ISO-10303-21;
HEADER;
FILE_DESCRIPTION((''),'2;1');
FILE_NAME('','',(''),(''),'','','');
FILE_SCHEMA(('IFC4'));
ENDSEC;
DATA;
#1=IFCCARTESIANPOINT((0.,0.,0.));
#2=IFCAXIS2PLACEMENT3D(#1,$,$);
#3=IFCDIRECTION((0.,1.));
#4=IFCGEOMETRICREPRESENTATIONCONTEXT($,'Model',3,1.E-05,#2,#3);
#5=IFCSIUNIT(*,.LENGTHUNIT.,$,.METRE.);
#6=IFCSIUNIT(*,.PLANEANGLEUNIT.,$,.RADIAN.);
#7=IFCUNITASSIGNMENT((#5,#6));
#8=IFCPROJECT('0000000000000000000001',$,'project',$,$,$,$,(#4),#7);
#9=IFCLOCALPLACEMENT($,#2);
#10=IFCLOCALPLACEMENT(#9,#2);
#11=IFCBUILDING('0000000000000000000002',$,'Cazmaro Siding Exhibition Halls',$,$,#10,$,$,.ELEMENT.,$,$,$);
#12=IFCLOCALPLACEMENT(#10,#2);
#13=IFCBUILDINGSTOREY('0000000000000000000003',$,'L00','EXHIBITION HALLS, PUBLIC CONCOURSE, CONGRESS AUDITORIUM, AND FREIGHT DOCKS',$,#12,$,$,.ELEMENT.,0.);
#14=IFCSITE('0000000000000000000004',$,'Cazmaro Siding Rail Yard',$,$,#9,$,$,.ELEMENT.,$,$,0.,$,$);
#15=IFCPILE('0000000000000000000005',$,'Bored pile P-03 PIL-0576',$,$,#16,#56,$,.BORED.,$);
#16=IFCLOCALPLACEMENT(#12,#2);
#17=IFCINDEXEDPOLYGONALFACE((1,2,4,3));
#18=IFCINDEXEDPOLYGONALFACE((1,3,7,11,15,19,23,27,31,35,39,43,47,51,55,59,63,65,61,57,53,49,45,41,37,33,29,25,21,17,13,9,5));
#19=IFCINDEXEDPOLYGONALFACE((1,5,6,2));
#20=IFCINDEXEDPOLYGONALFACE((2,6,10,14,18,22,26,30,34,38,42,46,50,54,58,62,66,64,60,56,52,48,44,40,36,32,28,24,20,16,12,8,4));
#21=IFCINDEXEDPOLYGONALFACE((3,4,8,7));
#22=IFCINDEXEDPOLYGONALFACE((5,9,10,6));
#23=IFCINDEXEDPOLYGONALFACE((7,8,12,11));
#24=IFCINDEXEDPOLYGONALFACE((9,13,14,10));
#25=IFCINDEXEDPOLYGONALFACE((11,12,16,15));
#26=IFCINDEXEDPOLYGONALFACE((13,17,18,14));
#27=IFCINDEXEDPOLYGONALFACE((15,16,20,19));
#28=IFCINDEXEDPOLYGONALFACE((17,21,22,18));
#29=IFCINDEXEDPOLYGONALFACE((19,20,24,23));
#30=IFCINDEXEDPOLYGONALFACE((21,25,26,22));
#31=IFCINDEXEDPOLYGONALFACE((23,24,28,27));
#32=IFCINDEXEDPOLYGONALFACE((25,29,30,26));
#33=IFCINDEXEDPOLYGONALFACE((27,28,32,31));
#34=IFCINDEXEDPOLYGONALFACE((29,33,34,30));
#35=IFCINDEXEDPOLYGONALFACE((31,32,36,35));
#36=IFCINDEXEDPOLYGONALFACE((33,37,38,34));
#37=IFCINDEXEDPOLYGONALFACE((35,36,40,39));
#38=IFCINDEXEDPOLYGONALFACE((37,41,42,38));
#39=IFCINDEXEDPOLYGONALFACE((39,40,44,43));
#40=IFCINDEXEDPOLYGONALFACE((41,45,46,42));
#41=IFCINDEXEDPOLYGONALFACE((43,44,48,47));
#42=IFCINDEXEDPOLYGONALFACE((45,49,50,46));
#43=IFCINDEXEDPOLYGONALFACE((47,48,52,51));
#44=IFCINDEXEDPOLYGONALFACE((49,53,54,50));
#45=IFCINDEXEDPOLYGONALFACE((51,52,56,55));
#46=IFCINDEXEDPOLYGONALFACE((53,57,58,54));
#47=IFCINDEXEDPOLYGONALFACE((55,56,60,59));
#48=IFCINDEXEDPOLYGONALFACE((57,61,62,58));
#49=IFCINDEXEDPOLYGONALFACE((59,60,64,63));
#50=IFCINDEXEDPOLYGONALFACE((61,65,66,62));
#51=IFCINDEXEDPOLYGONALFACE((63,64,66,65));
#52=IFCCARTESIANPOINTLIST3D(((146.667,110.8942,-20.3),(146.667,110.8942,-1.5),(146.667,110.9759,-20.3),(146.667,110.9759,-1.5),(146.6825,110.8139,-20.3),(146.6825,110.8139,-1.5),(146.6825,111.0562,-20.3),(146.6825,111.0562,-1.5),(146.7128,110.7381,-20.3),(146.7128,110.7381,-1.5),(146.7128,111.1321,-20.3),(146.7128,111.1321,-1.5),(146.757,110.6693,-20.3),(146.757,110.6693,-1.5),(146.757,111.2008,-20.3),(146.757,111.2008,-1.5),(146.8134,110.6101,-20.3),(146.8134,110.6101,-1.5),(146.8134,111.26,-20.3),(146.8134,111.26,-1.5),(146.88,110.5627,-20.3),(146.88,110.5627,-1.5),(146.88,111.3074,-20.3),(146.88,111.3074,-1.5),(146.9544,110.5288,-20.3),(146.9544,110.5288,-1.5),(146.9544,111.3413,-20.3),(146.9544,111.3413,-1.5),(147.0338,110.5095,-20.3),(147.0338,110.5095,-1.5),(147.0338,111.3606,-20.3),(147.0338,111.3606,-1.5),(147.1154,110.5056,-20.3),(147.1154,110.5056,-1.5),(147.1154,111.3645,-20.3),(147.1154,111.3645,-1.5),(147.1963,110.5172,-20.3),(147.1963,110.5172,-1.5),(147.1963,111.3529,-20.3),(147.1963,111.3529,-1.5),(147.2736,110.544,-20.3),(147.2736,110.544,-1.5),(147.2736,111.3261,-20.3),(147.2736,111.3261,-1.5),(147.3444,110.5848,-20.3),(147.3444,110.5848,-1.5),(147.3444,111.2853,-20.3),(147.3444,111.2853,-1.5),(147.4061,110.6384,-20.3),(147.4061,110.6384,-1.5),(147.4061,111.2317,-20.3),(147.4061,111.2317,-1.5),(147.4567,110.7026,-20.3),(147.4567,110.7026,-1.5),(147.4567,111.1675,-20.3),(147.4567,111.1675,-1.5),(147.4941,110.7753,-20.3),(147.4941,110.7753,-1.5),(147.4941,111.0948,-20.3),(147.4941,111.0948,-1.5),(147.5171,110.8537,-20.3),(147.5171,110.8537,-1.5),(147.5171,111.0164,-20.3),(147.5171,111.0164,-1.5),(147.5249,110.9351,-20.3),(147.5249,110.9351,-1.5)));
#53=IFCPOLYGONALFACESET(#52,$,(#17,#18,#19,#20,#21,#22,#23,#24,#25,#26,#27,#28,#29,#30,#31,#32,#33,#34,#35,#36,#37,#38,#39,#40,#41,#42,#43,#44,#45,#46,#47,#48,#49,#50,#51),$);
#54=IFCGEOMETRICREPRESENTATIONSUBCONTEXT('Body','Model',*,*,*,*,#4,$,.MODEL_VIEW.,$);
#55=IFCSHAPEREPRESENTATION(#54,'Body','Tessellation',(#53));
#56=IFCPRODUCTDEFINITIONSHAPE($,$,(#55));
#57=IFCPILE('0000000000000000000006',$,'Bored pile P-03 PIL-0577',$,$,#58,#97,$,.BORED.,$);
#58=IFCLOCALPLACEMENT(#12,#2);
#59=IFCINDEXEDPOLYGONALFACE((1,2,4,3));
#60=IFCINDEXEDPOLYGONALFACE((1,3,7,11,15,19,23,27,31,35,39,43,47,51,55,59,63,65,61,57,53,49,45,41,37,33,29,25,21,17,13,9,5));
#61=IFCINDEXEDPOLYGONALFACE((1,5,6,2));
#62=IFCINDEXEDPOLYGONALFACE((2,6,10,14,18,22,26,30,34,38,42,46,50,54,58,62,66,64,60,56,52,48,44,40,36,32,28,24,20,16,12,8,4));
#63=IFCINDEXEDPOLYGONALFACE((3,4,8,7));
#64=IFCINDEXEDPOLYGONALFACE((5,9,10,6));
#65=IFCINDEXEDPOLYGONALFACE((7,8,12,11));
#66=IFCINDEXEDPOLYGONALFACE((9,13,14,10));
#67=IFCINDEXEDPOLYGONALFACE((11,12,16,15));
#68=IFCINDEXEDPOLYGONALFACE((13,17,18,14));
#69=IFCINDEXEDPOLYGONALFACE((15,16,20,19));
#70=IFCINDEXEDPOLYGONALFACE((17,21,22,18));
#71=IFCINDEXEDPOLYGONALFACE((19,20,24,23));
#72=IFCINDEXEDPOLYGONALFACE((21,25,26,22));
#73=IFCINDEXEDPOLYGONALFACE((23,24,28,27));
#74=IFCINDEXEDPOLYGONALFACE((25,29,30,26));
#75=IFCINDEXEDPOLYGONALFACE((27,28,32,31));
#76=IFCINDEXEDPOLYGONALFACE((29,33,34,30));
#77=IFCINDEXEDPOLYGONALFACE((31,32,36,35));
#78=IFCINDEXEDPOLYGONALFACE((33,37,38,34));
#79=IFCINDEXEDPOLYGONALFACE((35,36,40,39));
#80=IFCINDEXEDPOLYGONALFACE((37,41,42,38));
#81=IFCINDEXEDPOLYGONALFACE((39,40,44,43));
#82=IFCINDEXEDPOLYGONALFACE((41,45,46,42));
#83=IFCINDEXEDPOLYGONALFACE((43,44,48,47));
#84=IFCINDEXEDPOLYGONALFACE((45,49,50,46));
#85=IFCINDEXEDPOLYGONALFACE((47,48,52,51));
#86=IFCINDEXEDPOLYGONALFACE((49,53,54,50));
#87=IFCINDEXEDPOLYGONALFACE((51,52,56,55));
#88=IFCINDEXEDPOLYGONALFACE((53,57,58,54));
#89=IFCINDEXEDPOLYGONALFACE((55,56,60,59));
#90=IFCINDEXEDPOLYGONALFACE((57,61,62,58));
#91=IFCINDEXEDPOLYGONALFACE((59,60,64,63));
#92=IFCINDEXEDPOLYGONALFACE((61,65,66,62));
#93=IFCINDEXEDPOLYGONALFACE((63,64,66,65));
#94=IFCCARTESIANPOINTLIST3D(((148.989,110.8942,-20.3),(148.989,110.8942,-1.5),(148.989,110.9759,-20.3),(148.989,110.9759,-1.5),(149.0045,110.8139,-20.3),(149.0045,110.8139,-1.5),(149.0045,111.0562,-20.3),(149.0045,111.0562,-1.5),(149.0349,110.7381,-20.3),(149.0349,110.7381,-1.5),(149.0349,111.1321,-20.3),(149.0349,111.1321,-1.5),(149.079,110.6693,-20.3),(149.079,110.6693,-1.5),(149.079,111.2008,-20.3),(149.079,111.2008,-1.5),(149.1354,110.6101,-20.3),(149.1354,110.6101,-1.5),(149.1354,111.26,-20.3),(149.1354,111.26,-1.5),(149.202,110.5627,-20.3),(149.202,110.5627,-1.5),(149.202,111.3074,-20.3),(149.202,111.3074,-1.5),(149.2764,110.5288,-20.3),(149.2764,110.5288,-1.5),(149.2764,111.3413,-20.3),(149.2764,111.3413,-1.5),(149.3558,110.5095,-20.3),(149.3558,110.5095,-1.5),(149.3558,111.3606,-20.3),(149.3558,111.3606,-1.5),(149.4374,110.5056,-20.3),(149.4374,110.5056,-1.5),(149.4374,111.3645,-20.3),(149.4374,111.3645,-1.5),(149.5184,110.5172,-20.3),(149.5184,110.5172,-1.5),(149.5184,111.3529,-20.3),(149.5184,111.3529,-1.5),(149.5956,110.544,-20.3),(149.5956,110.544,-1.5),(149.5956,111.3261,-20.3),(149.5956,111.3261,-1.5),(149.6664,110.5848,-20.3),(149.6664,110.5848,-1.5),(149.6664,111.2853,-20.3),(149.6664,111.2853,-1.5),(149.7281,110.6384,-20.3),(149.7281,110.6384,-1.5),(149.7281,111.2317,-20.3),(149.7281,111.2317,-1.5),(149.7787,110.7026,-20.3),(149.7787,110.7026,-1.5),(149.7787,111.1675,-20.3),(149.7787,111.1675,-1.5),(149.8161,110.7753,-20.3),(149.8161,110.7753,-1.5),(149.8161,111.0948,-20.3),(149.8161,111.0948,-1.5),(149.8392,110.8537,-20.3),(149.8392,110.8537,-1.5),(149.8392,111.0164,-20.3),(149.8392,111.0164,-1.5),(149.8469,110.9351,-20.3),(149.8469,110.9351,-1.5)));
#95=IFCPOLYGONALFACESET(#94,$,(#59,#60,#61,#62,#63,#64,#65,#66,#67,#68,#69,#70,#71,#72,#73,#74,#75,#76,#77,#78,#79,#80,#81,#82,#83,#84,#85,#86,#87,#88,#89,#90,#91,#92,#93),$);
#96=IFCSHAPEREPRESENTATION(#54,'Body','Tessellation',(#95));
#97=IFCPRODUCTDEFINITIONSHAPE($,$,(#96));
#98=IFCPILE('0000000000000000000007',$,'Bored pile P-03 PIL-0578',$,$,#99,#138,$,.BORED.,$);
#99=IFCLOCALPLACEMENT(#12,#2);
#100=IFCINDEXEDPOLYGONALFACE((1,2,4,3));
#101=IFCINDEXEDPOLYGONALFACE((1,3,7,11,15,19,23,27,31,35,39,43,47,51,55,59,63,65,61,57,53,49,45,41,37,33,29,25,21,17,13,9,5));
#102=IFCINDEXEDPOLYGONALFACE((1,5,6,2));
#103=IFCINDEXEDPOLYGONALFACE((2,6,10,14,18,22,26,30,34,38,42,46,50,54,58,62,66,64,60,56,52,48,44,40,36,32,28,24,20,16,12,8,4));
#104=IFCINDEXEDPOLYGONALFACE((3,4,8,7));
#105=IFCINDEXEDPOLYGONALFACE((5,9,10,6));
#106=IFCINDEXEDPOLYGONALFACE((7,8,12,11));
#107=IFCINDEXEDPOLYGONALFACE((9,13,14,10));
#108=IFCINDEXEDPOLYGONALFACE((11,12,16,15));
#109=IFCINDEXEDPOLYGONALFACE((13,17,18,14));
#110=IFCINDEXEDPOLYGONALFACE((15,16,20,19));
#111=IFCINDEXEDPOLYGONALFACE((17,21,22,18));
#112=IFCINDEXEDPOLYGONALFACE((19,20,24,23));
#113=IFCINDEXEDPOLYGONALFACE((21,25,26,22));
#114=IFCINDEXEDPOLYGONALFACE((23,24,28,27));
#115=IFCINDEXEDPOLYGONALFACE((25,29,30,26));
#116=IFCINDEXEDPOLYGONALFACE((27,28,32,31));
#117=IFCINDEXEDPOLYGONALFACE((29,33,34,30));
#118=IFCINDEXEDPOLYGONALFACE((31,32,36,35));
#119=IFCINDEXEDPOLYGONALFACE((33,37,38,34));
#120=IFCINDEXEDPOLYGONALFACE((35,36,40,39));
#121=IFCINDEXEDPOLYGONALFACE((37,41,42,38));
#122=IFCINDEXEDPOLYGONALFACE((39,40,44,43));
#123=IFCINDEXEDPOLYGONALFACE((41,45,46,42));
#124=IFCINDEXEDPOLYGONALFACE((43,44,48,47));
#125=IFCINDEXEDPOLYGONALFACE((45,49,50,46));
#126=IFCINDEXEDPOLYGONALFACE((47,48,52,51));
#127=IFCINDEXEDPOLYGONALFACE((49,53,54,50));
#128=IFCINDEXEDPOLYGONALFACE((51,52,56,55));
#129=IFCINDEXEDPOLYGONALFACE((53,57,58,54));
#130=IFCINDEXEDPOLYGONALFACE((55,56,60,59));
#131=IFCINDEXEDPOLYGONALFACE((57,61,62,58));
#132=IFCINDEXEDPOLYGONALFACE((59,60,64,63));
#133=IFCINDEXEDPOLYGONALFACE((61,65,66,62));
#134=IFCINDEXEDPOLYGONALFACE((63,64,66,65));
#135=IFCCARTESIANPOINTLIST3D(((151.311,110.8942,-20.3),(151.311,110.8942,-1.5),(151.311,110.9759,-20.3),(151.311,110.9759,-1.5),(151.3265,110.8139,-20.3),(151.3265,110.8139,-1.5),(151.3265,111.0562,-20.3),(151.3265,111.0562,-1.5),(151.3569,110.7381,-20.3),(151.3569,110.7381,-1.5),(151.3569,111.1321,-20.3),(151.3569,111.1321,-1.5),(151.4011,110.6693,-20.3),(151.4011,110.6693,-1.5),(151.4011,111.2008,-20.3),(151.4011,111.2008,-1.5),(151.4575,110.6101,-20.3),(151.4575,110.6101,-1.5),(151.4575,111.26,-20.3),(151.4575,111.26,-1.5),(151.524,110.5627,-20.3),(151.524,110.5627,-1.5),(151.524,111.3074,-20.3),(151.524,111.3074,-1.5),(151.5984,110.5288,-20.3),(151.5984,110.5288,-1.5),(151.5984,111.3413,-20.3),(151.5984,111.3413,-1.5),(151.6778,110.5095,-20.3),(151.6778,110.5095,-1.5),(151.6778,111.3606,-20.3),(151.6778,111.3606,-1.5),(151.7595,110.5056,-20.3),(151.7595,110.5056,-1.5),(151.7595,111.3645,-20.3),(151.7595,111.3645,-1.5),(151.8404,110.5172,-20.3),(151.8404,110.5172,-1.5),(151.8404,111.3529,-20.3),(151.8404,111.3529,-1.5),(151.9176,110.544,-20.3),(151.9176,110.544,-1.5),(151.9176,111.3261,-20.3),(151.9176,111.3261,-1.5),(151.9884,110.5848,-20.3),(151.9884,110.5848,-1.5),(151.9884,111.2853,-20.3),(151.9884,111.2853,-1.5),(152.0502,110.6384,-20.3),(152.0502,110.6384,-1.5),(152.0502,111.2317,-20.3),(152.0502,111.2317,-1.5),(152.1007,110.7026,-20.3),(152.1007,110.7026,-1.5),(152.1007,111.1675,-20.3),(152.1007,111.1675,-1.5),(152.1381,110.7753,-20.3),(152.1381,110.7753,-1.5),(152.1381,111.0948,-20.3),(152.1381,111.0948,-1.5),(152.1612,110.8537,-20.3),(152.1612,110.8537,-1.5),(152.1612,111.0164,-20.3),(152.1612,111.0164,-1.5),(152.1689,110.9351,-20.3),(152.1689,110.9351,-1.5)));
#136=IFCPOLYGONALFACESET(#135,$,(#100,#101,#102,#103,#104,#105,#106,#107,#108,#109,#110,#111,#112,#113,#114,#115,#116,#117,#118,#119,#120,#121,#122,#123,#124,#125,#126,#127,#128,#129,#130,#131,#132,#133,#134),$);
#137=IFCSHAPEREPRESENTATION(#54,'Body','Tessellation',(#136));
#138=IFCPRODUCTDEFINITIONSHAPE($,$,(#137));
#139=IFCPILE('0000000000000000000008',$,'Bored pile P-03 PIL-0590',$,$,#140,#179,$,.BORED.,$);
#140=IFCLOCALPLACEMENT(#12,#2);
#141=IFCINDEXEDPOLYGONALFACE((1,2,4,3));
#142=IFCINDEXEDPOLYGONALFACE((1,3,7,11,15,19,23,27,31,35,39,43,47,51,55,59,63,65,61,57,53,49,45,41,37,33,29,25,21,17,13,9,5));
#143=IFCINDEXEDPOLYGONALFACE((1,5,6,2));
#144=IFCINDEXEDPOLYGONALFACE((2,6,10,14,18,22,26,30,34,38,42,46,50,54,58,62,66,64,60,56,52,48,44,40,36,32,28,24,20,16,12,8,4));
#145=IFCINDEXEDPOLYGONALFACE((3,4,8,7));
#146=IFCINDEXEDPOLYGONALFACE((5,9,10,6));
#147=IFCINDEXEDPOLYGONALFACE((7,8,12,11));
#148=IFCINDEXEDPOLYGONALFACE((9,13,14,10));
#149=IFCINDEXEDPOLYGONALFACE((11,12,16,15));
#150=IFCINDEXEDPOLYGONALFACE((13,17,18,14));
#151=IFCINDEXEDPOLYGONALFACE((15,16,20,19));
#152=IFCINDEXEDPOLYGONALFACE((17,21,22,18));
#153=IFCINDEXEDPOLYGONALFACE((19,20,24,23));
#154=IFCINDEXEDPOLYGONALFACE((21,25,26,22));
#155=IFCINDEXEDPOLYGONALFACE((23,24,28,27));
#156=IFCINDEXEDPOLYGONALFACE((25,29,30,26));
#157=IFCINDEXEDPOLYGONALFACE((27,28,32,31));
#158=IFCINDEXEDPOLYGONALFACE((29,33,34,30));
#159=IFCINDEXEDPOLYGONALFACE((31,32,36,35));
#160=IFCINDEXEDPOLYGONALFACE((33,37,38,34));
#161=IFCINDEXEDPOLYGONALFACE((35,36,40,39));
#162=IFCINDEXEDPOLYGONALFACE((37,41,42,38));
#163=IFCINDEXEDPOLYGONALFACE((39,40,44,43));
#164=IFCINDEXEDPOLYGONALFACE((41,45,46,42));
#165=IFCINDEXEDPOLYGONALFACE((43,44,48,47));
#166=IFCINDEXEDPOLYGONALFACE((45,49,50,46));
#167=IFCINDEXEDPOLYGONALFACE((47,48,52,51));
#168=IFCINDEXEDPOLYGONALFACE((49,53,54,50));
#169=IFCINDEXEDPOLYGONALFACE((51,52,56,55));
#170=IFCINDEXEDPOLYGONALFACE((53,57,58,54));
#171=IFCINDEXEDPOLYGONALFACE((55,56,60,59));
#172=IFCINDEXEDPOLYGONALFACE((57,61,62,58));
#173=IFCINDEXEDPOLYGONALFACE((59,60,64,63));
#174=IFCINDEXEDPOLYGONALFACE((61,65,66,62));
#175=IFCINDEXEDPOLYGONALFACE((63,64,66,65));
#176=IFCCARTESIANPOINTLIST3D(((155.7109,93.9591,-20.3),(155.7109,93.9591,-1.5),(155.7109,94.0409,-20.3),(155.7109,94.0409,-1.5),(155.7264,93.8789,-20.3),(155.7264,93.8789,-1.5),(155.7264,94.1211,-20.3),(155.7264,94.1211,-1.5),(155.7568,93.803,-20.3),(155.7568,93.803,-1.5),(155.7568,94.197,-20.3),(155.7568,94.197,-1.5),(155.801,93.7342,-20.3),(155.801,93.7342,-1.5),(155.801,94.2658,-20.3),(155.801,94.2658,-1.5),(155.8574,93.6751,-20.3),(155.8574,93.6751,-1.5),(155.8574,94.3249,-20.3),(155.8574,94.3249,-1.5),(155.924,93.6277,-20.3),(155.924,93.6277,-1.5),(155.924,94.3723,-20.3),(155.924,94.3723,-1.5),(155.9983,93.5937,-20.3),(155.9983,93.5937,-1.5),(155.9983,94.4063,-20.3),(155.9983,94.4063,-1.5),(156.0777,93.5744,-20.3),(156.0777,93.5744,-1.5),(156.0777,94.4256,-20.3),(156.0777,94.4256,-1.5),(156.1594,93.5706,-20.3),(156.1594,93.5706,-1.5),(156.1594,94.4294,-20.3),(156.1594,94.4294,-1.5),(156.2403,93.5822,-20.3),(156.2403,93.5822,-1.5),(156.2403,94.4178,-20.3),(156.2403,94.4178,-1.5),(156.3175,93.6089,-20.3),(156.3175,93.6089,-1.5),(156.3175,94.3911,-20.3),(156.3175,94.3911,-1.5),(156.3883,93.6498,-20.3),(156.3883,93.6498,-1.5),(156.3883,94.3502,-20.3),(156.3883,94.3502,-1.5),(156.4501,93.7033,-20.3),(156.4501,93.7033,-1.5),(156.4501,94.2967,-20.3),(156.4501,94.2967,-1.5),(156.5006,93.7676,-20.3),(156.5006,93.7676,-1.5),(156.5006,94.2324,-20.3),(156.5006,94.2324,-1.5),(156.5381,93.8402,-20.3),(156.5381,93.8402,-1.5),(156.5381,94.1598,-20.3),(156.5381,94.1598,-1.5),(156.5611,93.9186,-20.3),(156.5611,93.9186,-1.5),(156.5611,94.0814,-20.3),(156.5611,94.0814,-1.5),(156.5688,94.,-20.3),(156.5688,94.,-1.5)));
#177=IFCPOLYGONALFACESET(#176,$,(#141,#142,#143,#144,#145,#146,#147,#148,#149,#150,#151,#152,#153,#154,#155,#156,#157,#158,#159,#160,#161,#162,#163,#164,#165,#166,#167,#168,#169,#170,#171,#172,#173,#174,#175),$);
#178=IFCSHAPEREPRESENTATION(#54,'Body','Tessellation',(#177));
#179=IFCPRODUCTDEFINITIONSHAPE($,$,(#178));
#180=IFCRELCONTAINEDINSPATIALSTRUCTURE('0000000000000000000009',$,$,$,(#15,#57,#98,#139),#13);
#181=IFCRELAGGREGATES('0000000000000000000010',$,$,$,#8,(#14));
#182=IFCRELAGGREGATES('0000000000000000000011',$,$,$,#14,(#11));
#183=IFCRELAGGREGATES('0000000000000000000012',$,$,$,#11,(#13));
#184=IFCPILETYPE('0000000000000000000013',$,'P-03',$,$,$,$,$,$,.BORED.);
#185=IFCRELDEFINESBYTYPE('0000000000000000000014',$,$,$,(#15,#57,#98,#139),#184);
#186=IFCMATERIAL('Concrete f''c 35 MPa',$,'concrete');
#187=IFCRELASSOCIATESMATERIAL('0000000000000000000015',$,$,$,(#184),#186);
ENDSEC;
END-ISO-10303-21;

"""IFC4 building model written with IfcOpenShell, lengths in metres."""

from ifc_helpers import new_model, si_unit, direction, frame, origin, origin_2d, place, context, subcontext, project, spatial, circle, extrude, material, material_profile, profile_set, type_object, element, save


model = new_model("IFC4")

# Units and contexts
model_context = context("Model", 3, precision=1e-05, world=origin(), true_north=direction((0.0, 1.0)))
body_context = subcontext(model_context, "Body", "Model", "MODEL_VIEW")
ifc_project = project(units=[si_unit("LENGTHUNIT", "METRE"), si_unit("PLANEANGLEUNIT", "RADIAN")], contexts=[model_context])

# Site, building, storey
site_placement = place(None, origin())
site = spatial("IfcSite", under=ifc_project, at=site_placement, Name="Cazmaro Siding Rail Yard", CompositionType="ELEMENT", RefElevation=0.0)
building_placement = place(site_placement, origin())
building = spatial("IfcBuilding", under=site, at=building_placement, Name="Cazmaro Siding Exhibition Halls", CompositionType="ELEMENT")
storey_placement = place(building_placement, origin())
storey = spatial("IfcBuildingStorey", under=building, at=storey_placement, Name="L00", Description="EXHIBITION HALLS, PUBLIC CONCOURSE, CONGRESS AUDITORIUM, AND FREIGHT DOCKS", CompositionType="ELEMENT", Elevation=0.0)

# Piles
ifc_material_1 = material(Name="Concrete f'c 35 MPa", Category="concrete")
ifc_material_profile_1 = material_profile(ifc_material_1, circle(Radius=0.4299, at=origin_2d()), Name="CIDH-860")
ifc_profile_set_1 = profile_set([ifc_material_profile_1], Name="Concrete f'c 35 MPa")
pile_type = type_object("IfcPileType", Name="P-03", PredefinedType="BORED", material=ifc_profile_set_1)
for number, where, z_axis, x_axis, name in (
    (1, (147.095, 110.9351, -1.5), (0.0, 0.0, -1.0), (1.0, 0.0, 0.0), "Bored pile P-03 PIL-0576"),
    (2, (149.417, 110.9351, -1.5), (0.0, 0.0, -1.0), (1.0, 0.0, 0.0), "Bored pile P-03 PIL-0577"),
    (3, (151.739, 110.9351, -1.5), (0.0, 0.0, -1.0), (1.0, 0.0, 0.0), "Bored pile P-03 PIL-0578"),
    (4, (156.1389, 94.0, -1.5), (0.0, 0.0, -1.0), (1.0, 0.0, 0.0), "Bored pile P-03 PIL-0590"),
):
    element("IfcPile", number, at=place(storey_placement, frame(where, z_axis=z_axis, x_axis=x_axis)), inside=storey, type_object=pile_type, Name=name, PredefinedType="BORED", context=body_context, shape_type="SweptSolid", body=[
        extrude(circle(Radius=0.4299, at=origin_2d()), origin(), (0.0, 0.0, 1.0), 18.8),
    ])

save(model, "model.ifc")
